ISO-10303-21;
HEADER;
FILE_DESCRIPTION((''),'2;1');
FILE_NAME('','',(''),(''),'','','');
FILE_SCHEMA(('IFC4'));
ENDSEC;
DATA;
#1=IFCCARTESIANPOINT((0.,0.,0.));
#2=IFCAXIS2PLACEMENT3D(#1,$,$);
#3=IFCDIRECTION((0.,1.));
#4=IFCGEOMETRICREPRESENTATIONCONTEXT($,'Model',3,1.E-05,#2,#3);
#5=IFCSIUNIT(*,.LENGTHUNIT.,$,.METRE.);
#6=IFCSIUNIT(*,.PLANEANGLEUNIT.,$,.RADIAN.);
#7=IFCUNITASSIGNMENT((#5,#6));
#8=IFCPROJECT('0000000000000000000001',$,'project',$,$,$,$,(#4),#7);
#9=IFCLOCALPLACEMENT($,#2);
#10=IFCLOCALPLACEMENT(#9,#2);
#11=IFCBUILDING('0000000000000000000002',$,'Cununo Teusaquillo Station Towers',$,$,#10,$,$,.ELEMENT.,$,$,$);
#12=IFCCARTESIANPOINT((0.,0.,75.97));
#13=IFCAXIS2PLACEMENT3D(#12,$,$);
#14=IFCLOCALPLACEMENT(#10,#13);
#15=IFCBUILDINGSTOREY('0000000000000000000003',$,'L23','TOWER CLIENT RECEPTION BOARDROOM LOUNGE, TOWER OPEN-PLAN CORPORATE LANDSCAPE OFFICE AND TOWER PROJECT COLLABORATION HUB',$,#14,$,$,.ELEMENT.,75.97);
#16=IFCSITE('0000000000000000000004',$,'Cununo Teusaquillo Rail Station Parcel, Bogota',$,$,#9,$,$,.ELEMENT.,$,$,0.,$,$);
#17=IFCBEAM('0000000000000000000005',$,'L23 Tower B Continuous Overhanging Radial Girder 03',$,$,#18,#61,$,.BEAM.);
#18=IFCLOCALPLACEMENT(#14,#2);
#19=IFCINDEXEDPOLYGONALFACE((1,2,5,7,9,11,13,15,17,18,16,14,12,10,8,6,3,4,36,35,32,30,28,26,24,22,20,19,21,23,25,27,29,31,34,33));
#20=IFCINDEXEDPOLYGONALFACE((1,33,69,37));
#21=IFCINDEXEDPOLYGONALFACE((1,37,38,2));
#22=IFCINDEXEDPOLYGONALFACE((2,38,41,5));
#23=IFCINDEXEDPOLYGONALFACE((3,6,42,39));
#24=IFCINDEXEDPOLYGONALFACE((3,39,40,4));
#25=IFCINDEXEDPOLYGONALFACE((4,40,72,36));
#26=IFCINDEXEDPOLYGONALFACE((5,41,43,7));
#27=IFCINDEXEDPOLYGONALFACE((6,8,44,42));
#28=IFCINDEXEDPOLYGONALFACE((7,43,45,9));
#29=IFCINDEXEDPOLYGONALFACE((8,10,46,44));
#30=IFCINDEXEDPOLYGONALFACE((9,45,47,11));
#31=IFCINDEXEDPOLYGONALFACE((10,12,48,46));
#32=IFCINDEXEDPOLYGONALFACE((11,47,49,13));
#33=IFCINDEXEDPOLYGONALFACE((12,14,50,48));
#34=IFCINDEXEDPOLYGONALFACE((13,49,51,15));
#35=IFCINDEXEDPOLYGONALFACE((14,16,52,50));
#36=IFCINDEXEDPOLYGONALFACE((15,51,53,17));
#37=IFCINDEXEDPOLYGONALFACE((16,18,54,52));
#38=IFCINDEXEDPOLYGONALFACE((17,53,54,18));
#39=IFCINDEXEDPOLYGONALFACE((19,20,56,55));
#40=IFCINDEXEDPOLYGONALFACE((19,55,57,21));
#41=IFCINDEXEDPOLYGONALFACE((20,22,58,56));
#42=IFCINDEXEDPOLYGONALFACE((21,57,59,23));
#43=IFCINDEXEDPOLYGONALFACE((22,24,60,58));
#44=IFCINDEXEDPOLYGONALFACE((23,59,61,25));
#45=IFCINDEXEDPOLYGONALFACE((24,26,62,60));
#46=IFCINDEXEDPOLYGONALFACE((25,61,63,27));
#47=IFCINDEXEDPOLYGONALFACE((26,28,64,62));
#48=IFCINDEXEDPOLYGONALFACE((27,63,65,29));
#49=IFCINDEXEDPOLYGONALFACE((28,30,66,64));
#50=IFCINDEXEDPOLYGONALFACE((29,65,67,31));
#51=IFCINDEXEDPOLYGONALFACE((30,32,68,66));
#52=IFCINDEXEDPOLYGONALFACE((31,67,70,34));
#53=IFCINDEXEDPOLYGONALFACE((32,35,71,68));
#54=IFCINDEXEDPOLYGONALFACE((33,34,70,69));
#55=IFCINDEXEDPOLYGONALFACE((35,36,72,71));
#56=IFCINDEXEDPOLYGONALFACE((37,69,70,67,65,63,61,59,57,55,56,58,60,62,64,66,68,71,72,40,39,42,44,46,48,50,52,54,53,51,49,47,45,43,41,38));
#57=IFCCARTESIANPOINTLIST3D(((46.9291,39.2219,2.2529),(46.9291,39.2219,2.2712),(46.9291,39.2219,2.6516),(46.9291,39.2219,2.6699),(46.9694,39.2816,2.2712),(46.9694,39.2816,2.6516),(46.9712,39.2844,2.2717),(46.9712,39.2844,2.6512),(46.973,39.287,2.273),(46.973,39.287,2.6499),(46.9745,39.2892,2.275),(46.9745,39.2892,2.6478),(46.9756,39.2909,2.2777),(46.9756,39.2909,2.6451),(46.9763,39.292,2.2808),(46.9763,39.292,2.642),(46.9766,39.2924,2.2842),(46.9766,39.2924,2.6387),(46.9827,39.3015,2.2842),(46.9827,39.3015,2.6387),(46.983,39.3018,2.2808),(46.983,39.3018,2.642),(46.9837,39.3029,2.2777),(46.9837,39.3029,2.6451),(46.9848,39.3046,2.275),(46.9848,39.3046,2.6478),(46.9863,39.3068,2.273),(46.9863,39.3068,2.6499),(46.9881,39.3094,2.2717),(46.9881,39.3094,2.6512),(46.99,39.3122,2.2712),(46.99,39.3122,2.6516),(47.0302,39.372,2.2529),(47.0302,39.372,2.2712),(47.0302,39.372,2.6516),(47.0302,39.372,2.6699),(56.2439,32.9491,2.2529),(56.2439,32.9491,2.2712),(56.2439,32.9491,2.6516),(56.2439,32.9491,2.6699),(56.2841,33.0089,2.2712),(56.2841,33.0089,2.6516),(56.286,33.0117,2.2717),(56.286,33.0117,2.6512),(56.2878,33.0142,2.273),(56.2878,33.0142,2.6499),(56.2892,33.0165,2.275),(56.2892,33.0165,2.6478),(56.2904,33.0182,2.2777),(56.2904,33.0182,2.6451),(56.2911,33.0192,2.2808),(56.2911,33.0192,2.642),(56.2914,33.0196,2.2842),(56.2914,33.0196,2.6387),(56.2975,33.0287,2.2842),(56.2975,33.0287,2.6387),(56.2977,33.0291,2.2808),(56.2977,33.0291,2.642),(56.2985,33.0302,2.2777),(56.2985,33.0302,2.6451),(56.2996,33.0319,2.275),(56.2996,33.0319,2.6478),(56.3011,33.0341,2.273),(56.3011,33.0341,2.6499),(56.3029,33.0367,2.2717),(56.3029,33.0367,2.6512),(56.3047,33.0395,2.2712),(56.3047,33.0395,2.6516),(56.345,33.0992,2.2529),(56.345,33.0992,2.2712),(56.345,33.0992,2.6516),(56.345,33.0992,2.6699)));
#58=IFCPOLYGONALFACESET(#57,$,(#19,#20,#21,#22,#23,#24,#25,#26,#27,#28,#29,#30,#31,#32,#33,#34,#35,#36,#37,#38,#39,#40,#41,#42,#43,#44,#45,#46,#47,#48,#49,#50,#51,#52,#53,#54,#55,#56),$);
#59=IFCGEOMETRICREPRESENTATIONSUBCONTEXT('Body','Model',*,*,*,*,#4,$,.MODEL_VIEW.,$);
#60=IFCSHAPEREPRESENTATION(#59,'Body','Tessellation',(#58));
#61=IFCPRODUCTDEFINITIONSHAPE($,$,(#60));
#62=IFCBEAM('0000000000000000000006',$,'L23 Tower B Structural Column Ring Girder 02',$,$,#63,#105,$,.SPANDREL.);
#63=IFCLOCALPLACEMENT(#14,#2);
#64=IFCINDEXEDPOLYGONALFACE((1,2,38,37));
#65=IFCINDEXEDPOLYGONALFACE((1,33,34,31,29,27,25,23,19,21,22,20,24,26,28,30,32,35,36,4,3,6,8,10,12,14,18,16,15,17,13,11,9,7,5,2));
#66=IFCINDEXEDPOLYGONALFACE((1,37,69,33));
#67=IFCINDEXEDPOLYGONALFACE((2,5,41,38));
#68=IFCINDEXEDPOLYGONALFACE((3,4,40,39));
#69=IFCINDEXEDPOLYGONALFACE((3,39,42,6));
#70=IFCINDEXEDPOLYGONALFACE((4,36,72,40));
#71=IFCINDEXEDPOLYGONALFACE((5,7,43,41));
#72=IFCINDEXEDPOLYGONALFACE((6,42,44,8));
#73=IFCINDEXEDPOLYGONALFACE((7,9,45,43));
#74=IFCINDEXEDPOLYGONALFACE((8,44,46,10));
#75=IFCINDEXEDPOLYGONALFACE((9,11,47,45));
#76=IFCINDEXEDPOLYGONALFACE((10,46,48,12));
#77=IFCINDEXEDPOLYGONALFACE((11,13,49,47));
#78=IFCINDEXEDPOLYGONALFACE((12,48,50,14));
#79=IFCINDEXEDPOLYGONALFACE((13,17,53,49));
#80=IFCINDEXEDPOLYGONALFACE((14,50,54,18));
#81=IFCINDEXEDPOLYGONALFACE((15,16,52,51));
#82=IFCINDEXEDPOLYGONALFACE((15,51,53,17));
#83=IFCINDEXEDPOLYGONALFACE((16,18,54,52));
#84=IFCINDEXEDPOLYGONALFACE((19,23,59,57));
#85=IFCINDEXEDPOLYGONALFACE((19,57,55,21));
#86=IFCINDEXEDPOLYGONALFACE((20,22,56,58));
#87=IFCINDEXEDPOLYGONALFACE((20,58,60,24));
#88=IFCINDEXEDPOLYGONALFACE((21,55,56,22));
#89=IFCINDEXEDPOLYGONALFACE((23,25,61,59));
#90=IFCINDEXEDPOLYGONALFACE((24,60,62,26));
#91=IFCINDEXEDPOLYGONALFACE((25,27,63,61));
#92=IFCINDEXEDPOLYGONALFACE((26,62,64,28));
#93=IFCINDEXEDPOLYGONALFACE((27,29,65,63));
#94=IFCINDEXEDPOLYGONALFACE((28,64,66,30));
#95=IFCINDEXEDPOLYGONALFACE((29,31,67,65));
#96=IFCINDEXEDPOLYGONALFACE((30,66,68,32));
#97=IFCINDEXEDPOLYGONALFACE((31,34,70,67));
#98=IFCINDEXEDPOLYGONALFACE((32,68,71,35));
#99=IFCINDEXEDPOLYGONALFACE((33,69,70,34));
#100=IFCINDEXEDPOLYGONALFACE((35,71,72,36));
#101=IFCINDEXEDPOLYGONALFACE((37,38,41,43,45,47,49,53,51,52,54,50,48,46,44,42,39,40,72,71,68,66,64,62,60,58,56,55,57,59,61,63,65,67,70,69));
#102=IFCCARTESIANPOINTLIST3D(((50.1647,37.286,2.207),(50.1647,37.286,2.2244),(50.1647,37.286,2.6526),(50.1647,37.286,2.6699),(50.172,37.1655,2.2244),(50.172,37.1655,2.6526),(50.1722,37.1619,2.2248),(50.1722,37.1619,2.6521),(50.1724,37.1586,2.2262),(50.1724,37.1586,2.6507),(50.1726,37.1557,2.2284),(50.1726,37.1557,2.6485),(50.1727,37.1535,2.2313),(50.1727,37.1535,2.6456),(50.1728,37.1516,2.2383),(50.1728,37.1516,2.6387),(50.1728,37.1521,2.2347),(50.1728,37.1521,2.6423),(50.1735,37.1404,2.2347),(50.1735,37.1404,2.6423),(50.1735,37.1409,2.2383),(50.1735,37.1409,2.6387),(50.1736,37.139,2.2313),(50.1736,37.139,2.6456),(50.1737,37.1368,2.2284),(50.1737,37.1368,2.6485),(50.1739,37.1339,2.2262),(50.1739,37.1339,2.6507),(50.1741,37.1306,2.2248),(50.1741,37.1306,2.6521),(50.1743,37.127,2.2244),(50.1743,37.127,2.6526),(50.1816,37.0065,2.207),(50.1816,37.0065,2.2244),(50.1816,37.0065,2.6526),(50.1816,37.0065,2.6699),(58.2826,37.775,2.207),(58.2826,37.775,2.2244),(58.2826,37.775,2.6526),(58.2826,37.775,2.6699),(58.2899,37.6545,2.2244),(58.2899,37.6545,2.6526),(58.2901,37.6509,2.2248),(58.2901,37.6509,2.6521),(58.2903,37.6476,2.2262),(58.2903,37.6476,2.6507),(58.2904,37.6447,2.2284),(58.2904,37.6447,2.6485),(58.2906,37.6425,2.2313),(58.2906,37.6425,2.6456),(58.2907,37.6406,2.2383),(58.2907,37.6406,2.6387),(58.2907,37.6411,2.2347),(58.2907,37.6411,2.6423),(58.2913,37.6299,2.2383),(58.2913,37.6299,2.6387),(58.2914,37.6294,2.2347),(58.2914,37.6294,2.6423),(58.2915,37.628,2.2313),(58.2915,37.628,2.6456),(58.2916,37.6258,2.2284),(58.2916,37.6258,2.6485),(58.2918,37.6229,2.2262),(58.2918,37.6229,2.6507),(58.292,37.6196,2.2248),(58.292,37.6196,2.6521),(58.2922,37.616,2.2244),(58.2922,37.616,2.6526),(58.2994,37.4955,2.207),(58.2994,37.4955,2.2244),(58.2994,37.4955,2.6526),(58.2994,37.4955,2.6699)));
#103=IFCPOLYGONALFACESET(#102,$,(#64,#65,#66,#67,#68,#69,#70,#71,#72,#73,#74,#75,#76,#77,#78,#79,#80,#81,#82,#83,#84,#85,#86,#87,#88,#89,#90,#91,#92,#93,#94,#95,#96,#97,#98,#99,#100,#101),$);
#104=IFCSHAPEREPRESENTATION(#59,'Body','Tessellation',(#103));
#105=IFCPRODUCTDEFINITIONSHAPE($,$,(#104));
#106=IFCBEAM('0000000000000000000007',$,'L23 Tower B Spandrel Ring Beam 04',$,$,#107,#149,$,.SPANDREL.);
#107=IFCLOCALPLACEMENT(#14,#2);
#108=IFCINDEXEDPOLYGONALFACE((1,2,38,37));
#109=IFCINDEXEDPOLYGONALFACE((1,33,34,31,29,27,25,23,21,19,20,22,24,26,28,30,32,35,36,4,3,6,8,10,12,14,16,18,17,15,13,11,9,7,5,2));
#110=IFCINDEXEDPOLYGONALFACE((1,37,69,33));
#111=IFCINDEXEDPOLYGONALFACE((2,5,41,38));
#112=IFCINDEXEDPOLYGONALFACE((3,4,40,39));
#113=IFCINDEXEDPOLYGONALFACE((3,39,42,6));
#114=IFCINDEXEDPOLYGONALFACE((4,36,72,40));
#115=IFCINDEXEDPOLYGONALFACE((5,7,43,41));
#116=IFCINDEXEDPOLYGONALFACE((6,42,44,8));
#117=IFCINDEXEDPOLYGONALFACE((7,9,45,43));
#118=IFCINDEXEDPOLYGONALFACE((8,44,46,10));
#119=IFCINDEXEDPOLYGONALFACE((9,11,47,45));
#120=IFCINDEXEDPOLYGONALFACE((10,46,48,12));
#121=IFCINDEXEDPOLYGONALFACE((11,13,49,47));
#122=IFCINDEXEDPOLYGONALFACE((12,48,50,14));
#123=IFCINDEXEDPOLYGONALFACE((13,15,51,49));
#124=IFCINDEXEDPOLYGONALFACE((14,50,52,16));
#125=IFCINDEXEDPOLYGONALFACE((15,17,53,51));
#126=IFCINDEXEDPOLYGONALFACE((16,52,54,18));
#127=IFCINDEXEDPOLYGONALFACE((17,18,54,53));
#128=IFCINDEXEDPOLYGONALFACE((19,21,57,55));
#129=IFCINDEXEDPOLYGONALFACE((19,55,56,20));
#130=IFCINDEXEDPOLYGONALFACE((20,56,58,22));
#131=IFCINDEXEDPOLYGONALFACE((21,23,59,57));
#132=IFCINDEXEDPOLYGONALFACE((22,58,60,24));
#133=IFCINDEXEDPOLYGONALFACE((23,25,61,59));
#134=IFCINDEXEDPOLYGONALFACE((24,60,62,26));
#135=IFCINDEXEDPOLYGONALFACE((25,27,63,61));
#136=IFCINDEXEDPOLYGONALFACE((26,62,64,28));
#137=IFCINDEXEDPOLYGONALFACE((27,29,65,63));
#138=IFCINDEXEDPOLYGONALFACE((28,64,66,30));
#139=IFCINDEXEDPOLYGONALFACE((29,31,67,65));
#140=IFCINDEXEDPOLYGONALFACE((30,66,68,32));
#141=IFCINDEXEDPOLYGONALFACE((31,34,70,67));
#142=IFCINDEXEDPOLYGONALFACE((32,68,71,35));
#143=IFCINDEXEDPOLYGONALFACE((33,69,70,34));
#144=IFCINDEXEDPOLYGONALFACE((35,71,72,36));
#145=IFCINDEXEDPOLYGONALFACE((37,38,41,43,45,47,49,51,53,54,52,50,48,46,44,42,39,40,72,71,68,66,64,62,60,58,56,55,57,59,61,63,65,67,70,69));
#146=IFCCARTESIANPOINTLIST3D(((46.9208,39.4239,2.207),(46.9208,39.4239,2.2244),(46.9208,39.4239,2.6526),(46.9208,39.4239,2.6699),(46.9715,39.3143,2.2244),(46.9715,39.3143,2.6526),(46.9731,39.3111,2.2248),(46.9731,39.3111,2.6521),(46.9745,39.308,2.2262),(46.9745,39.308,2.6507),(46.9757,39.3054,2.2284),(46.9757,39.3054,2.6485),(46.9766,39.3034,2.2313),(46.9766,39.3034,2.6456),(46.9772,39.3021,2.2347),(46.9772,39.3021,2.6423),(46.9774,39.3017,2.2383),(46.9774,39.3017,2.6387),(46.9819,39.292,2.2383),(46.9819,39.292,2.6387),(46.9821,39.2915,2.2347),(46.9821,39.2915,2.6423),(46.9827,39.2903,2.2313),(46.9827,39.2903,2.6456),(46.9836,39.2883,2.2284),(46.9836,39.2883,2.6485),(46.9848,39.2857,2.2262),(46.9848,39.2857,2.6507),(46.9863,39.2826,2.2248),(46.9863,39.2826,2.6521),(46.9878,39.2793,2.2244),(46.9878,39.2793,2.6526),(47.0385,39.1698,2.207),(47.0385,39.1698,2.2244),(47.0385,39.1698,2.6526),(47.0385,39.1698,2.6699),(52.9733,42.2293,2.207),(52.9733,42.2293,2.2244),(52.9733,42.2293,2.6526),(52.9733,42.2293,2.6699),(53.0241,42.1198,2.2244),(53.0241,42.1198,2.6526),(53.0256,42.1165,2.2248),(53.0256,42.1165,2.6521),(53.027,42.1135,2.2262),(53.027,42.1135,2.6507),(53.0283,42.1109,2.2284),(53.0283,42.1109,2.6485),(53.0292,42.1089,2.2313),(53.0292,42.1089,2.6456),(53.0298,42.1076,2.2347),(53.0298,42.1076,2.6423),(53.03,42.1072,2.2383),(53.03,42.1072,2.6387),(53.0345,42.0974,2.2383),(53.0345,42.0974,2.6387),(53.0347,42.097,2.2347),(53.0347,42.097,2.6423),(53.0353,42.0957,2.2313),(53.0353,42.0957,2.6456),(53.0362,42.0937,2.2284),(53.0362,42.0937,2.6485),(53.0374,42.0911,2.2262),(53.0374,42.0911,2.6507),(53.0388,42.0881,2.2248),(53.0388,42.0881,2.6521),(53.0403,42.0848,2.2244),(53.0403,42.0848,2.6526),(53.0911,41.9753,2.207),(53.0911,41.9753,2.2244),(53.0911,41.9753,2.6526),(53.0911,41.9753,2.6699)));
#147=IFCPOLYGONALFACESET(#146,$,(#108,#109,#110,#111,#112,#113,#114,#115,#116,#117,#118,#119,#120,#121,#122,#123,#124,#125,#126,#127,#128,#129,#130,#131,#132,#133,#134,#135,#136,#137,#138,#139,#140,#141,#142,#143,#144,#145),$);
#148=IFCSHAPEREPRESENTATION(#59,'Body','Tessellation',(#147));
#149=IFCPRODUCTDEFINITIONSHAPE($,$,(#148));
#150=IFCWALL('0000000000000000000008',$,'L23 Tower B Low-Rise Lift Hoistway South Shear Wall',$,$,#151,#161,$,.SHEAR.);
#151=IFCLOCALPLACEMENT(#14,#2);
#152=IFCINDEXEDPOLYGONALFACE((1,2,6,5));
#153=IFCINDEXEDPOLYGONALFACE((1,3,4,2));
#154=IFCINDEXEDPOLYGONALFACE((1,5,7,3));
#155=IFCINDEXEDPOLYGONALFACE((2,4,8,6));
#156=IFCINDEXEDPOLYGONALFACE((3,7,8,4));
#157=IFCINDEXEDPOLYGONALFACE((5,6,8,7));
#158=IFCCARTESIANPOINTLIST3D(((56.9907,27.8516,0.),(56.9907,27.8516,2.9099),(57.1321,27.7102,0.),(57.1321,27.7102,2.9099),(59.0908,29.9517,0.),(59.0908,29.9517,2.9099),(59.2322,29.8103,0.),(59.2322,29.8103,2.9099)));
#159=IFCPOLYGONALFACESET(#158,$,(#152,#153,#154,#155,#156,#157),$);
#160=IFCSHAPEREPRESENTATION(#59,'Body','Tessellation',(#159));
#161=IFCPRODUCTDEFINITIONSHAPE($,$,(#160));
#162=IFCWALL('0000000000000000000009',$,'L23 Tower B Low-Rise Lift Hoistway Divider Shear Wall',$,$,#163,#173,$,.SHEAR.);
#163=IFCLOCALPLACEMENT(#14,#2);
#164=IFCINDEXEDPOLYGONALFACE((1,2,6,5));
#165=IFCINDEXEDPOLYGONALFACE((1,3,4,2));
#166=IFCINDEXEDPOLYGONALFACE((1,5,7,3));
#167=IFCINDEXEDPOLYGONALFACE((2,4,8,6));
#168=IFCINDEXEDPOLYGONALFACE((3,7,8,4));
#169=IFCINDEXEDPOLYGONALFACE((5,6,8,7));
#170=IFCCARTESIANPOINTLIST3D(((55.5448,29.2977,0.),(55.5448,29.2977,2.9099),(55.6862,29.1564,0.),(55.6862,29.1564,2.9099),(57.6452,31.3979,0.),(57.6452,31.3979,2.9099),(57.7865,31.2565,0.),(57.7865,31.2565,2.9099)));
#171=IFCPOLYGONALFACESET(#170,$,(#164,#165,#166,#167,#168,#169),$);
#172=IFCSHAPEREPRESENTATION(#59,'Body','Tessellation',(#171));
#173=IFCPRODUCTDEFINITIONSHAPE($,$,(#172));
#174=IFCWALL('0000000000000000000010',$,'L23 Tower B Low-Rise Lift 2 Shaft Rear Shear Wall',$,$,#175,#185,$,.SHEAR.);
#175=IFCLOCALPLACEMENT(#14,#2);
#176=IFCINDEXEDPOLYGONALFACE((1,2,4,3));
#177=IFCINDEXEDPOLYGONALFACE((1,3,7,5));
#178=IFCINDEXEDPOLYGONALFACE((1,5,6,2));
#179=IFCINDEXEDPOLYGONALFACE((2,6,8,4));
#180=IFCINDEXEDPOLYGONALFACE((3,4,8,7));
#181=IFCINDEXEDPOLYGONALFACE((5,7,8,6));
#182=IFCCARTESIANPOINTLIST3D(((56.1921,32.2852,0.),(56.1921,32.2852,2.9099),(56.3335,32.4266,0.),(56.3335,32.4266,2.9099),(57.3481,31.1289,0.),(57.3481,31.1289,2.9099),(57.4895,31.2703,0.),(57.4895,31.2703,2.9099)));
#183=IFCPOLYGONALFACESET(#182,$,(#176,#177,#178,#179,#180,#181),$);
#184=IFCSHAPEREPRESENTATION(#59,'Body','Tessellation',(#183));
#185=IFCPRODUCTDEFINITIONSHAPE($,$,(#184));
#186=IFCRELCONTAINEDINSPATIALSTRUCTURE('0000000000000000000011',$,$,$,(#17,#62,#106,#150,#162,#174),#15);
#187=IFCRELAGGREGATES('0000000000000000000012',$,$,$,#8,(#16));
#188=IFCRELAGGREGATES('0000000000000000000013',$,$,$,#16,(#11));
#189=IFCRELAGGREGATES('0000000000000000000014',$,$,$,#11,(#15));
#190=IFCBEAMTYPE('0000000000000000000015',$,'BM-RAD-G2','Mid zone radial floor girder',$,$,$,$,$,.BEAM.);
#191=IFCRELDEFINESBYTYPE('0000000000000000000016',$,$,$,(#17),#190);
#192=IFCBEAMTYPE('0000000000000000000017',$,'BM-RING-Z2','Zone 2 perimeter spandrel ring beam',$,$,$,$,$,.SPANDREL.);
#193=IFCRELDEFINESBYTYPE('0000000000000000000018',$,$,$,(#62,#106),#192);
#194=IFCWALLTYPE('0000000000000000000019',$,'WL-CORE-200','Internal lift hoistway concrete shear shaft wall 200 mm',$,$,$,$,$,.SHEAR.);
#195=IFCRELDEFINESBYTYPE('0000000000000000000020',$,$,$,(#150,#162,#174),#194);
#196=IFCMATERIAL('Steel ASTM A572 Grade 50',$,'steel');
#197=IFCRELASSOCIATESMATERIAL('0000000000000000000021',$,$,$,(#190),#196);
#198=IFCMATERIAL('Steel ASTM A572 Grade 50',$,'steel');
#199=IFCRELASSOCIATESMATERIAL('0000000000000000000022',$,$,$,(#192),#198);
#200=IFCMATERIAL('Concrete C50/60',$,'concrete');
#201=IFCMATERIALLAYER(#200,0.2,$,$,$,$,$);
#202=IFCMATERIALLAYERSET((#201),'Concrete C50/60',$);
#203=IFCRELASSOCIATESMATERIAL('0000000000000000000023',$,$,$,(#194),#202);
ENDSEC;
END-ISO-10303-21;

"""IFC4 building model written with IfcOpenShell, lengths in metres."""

from ifc_helpers import new_model, si_unit, direction, frame, frame_2d, origin, origin_2d, place, context, subcontext, project, spatial, rectangle, i_section, extrude, material, layer, layer_set, material_profile, profile_set, type_object, element, save


model = new_model("IFC4")

# Units and contexts
model_context = context("Model", 3, precision=1e-05, world=origin(), true_north=direction((0.0, 1.0)))
body_context = subcontext(model_context, "Body", "Model", "MODEL_VIEW")
ifc_project = project(units=[si_unit("LENGTHUNIT", "METRE"), si_unit("PLANEANGLEUNIT", "RADIAN")], contexts=[model_context])

# Site, building, storey
site_placement = place(None, origin())
site = spatial("IfcSite", under=ifc_project, at=site_placement, Name="Cununo Teusaquillo Rail Station Parcel, Bogota", CompositionType="ELEMENT", RefElevation=0.0)
building_placement = place(site_placement, origin())
building = spatial("IfcBuilding", under=site, at=building_placement, Name="Cununo Teusaquillo Station Towers", CompositionType="ELEMENT")
storey_placement = place(building_placement, frame((0.0, 0.0, 75.97)))
storey = spatial("IfcBuildingStorey", under=building, at=storey_placement, Name="L23", Description="TOWER CLIENT RECEPTION BOARDROOM LOUNGE, TOWER OPEN-PLAN CORPORATE LANDSCAPE OFFICE AND TOWER PROJECT COLLABORATION HUB", CompositionType="ELEMENT", Elevation=75.97)

# Beams
ifc_material_1 = material(Name="Steel ASTM A572 Grade 50", Category="steel")
ifc_material_profile_1 = material_profile(ifc_material_1, i_section(OverallWidth=0.1809, OverallDepth=0.417, WebThickness=0.011, FlangeThickness=0.0183, FilletRadius=0.0129, at=origin_2d()), Name="W16X57")
ifc_profile_set_1 = profile_set([ifc_material_profile_1], Name="Steel ASTM A572 Grade 50")
beam_type_1 = type_object("IfcBeamType", Name="BM-RAD-G2", Description="Mid zone radial floor girder", PredefinedType="BEAM", material=ifc_profile_set_1)
beam_1_placement = place(storey_placement, frame((56.2944, 33.0242, 2.4614), z_axis=(-0.829456, 0.558572, 0.0), x_axis=(-0.558572, -0.829456, 0.0)))
element("IfcBeam", 1, at=beam_1_placement, inside=storey, type_object=beam_type_1, Name="L23 Tower B Continuous Overhanging Radial Girder 03", PredefinedType="BEAM", context=body_context, shape_type="SweptSolid", body=[
    extrude(i_section(OverallWidth=0.1809, OverallDepth=0.417, WebThickness=0.011, FlangeThickness=0.0183, FilletRadius=0.0129, at=origin_2d()), origin(), (0.0, 0.0, 1.0), 11.23),
])
ifc_material_2 = material(Name="Steel ASTM A572 Grade 50", Category="steel")
ifc_material_profile_2 = material_profile(ifc_material_2, i_section(OverallWidth=0.28, OverallDepth=0.4629, WebThickness=0.0107, FlangeThickness=0.0173, FilletRadius=0.0139, at=origin_2d()), Name="W18X76")
ifc_profile_set_2 = profile_set([ifc_material_profile_2], Name="Steel ASTM A572 Grade 50")
beam_type_2 = type_object("IfcBeamType", Name="BM-RING-Z2", Description="Zone 2 perimeter spandrel ring beam", PredefinedType="SPANDREL", material=ifc_profile_set_2)
beam_2_placement = place(storey_placement, frame((58.291, 37.6353, 2.4385), z_axis=(-0.998191, -0.06013, 0.0), x_axis=(0.06013, -0.998191, 0.0)))
element("IfcBeam", 2, at=beam_2_placement, inside=storey, type_object=beam_type_2, Name="L23 Tower B Structural Column Ring Girder 02", PredefinedType="SPANDREL", context=body_context, shape_type="SweptSolid", body=[
    extrude(i_section(OverallWidth=0.28, OverallDepth=0.4629, WebThickness=0.0107, FlangeThickness=0.0173, FilletRadius=0.0139, at=origin_2d()), origin(), (0.0, 0.0, 1.0), 8.1326),
])
beam_3_placement = place(storey_placement, frame((53.0322, 42.1023, 2.4385), z_axis=(-0.907276, -0.420536, 0.0), x_axis=(0.420536, -0.907276, 0.0)))
element("IfcBeam", 3, at=beam_3_placement, inside=storey, type_object=beam_type_2, Name="L23 Tower B Spandrel Ring Beam 04", PredefinedType="SPANDREL", context=body_context, shape_type="SweptSolid", body=[
    extrude(i_section(OverallWidth=0.28, OverallDepth=0.4629, WebThickness=0.0107, FlangeThickness=0.0173, FilletRadius=0.0139, at=origin_2d()), origin(), (0.0, 0.0, 1.0), 6.6711),
])

# Walls
ifc_material_3 = material(Name="Concrete C50/60", Category="concrete")
ifc_layer_1 = layer(ifc_material_3, 0.2)
ifc_layer_set_1 = layer_set([ifc_layer_1], Name="Concrete C50/60")
wall_type_1 = type_object("IfcWallType", Name="WL-CORE-200", Description="Internal lift hoistway concrete shear shaft wall 200 mm", PredefinedType="SHEAR", material=ifc_layer_set_1)
wall_1_placement = place(storey_placement, frame((57.0615, 27.781, 0.0), z_axis=(0.0, 0.0, 1.0), x_axis=(0.707107, 0.707107, 0.0)))
element("IfcWall", 4, at=wall_1_placement, inside=storey, type_object=wall_type_1, Name="L23 Tower B Low-Rise Lift Hoistway South Shear Wall", PredefinedType="SHEAR", context=body_context, shape_type="SweptSolid", body=[
    extrude(rectangle(XDim=2.97, YDim=0.2, at=frame_2d((1.4849, 0.0))), origin(), (0.0, 0.0, 1.0), 2.9099),
])
wall_2_placement = place(storey_placement, frame((55.6155, 29.2271, 0.0), z_axis=(0.0, 0.0, 1.0), x_axis=(0.707148, 0.707066, 0.0)))
element("IfcWall", 5, at=wall_2_placement, inside=storey, type_object=wall_type_1, Name="L23 Tower B Low-Rise Lift Hoistway Divider Shear Wall", PredefinedType="SHEAR", context=body_context, shape_type="SweptSolid", body=[
    extrude(rectangle(XDim=2.9702, YDim=0.2, at=frame_2d((1.4851, 0.0))), origin(), (0.0, 0.0, 1.0), 2.9099),
])
wall_3_placement = place(storey_placement, frame((57.4187, 31.1997, 0.0), z_axis=(0.0, 0.0, 1.0), x_axis=(-0.707032, 0.707181, 0.0)))
element("IfcWall", 6, at=wall_3_placement, inside=storey, type_object=wall_type_1, Name="L23 Tower B Low-Rise Lift 2 Shaft Rear Shear Wall", PredefinedType="SHEAR", context=body_context, shape_type="SweptSolid", body=[
    extrude(rectangle(XDim=1.635, YDim=0.2, at=frame_2d((0.8174, 0.0))), origin(), (0.0, 0.0, 1.0), 2.9099),
])

save(model, "model.ifc")
